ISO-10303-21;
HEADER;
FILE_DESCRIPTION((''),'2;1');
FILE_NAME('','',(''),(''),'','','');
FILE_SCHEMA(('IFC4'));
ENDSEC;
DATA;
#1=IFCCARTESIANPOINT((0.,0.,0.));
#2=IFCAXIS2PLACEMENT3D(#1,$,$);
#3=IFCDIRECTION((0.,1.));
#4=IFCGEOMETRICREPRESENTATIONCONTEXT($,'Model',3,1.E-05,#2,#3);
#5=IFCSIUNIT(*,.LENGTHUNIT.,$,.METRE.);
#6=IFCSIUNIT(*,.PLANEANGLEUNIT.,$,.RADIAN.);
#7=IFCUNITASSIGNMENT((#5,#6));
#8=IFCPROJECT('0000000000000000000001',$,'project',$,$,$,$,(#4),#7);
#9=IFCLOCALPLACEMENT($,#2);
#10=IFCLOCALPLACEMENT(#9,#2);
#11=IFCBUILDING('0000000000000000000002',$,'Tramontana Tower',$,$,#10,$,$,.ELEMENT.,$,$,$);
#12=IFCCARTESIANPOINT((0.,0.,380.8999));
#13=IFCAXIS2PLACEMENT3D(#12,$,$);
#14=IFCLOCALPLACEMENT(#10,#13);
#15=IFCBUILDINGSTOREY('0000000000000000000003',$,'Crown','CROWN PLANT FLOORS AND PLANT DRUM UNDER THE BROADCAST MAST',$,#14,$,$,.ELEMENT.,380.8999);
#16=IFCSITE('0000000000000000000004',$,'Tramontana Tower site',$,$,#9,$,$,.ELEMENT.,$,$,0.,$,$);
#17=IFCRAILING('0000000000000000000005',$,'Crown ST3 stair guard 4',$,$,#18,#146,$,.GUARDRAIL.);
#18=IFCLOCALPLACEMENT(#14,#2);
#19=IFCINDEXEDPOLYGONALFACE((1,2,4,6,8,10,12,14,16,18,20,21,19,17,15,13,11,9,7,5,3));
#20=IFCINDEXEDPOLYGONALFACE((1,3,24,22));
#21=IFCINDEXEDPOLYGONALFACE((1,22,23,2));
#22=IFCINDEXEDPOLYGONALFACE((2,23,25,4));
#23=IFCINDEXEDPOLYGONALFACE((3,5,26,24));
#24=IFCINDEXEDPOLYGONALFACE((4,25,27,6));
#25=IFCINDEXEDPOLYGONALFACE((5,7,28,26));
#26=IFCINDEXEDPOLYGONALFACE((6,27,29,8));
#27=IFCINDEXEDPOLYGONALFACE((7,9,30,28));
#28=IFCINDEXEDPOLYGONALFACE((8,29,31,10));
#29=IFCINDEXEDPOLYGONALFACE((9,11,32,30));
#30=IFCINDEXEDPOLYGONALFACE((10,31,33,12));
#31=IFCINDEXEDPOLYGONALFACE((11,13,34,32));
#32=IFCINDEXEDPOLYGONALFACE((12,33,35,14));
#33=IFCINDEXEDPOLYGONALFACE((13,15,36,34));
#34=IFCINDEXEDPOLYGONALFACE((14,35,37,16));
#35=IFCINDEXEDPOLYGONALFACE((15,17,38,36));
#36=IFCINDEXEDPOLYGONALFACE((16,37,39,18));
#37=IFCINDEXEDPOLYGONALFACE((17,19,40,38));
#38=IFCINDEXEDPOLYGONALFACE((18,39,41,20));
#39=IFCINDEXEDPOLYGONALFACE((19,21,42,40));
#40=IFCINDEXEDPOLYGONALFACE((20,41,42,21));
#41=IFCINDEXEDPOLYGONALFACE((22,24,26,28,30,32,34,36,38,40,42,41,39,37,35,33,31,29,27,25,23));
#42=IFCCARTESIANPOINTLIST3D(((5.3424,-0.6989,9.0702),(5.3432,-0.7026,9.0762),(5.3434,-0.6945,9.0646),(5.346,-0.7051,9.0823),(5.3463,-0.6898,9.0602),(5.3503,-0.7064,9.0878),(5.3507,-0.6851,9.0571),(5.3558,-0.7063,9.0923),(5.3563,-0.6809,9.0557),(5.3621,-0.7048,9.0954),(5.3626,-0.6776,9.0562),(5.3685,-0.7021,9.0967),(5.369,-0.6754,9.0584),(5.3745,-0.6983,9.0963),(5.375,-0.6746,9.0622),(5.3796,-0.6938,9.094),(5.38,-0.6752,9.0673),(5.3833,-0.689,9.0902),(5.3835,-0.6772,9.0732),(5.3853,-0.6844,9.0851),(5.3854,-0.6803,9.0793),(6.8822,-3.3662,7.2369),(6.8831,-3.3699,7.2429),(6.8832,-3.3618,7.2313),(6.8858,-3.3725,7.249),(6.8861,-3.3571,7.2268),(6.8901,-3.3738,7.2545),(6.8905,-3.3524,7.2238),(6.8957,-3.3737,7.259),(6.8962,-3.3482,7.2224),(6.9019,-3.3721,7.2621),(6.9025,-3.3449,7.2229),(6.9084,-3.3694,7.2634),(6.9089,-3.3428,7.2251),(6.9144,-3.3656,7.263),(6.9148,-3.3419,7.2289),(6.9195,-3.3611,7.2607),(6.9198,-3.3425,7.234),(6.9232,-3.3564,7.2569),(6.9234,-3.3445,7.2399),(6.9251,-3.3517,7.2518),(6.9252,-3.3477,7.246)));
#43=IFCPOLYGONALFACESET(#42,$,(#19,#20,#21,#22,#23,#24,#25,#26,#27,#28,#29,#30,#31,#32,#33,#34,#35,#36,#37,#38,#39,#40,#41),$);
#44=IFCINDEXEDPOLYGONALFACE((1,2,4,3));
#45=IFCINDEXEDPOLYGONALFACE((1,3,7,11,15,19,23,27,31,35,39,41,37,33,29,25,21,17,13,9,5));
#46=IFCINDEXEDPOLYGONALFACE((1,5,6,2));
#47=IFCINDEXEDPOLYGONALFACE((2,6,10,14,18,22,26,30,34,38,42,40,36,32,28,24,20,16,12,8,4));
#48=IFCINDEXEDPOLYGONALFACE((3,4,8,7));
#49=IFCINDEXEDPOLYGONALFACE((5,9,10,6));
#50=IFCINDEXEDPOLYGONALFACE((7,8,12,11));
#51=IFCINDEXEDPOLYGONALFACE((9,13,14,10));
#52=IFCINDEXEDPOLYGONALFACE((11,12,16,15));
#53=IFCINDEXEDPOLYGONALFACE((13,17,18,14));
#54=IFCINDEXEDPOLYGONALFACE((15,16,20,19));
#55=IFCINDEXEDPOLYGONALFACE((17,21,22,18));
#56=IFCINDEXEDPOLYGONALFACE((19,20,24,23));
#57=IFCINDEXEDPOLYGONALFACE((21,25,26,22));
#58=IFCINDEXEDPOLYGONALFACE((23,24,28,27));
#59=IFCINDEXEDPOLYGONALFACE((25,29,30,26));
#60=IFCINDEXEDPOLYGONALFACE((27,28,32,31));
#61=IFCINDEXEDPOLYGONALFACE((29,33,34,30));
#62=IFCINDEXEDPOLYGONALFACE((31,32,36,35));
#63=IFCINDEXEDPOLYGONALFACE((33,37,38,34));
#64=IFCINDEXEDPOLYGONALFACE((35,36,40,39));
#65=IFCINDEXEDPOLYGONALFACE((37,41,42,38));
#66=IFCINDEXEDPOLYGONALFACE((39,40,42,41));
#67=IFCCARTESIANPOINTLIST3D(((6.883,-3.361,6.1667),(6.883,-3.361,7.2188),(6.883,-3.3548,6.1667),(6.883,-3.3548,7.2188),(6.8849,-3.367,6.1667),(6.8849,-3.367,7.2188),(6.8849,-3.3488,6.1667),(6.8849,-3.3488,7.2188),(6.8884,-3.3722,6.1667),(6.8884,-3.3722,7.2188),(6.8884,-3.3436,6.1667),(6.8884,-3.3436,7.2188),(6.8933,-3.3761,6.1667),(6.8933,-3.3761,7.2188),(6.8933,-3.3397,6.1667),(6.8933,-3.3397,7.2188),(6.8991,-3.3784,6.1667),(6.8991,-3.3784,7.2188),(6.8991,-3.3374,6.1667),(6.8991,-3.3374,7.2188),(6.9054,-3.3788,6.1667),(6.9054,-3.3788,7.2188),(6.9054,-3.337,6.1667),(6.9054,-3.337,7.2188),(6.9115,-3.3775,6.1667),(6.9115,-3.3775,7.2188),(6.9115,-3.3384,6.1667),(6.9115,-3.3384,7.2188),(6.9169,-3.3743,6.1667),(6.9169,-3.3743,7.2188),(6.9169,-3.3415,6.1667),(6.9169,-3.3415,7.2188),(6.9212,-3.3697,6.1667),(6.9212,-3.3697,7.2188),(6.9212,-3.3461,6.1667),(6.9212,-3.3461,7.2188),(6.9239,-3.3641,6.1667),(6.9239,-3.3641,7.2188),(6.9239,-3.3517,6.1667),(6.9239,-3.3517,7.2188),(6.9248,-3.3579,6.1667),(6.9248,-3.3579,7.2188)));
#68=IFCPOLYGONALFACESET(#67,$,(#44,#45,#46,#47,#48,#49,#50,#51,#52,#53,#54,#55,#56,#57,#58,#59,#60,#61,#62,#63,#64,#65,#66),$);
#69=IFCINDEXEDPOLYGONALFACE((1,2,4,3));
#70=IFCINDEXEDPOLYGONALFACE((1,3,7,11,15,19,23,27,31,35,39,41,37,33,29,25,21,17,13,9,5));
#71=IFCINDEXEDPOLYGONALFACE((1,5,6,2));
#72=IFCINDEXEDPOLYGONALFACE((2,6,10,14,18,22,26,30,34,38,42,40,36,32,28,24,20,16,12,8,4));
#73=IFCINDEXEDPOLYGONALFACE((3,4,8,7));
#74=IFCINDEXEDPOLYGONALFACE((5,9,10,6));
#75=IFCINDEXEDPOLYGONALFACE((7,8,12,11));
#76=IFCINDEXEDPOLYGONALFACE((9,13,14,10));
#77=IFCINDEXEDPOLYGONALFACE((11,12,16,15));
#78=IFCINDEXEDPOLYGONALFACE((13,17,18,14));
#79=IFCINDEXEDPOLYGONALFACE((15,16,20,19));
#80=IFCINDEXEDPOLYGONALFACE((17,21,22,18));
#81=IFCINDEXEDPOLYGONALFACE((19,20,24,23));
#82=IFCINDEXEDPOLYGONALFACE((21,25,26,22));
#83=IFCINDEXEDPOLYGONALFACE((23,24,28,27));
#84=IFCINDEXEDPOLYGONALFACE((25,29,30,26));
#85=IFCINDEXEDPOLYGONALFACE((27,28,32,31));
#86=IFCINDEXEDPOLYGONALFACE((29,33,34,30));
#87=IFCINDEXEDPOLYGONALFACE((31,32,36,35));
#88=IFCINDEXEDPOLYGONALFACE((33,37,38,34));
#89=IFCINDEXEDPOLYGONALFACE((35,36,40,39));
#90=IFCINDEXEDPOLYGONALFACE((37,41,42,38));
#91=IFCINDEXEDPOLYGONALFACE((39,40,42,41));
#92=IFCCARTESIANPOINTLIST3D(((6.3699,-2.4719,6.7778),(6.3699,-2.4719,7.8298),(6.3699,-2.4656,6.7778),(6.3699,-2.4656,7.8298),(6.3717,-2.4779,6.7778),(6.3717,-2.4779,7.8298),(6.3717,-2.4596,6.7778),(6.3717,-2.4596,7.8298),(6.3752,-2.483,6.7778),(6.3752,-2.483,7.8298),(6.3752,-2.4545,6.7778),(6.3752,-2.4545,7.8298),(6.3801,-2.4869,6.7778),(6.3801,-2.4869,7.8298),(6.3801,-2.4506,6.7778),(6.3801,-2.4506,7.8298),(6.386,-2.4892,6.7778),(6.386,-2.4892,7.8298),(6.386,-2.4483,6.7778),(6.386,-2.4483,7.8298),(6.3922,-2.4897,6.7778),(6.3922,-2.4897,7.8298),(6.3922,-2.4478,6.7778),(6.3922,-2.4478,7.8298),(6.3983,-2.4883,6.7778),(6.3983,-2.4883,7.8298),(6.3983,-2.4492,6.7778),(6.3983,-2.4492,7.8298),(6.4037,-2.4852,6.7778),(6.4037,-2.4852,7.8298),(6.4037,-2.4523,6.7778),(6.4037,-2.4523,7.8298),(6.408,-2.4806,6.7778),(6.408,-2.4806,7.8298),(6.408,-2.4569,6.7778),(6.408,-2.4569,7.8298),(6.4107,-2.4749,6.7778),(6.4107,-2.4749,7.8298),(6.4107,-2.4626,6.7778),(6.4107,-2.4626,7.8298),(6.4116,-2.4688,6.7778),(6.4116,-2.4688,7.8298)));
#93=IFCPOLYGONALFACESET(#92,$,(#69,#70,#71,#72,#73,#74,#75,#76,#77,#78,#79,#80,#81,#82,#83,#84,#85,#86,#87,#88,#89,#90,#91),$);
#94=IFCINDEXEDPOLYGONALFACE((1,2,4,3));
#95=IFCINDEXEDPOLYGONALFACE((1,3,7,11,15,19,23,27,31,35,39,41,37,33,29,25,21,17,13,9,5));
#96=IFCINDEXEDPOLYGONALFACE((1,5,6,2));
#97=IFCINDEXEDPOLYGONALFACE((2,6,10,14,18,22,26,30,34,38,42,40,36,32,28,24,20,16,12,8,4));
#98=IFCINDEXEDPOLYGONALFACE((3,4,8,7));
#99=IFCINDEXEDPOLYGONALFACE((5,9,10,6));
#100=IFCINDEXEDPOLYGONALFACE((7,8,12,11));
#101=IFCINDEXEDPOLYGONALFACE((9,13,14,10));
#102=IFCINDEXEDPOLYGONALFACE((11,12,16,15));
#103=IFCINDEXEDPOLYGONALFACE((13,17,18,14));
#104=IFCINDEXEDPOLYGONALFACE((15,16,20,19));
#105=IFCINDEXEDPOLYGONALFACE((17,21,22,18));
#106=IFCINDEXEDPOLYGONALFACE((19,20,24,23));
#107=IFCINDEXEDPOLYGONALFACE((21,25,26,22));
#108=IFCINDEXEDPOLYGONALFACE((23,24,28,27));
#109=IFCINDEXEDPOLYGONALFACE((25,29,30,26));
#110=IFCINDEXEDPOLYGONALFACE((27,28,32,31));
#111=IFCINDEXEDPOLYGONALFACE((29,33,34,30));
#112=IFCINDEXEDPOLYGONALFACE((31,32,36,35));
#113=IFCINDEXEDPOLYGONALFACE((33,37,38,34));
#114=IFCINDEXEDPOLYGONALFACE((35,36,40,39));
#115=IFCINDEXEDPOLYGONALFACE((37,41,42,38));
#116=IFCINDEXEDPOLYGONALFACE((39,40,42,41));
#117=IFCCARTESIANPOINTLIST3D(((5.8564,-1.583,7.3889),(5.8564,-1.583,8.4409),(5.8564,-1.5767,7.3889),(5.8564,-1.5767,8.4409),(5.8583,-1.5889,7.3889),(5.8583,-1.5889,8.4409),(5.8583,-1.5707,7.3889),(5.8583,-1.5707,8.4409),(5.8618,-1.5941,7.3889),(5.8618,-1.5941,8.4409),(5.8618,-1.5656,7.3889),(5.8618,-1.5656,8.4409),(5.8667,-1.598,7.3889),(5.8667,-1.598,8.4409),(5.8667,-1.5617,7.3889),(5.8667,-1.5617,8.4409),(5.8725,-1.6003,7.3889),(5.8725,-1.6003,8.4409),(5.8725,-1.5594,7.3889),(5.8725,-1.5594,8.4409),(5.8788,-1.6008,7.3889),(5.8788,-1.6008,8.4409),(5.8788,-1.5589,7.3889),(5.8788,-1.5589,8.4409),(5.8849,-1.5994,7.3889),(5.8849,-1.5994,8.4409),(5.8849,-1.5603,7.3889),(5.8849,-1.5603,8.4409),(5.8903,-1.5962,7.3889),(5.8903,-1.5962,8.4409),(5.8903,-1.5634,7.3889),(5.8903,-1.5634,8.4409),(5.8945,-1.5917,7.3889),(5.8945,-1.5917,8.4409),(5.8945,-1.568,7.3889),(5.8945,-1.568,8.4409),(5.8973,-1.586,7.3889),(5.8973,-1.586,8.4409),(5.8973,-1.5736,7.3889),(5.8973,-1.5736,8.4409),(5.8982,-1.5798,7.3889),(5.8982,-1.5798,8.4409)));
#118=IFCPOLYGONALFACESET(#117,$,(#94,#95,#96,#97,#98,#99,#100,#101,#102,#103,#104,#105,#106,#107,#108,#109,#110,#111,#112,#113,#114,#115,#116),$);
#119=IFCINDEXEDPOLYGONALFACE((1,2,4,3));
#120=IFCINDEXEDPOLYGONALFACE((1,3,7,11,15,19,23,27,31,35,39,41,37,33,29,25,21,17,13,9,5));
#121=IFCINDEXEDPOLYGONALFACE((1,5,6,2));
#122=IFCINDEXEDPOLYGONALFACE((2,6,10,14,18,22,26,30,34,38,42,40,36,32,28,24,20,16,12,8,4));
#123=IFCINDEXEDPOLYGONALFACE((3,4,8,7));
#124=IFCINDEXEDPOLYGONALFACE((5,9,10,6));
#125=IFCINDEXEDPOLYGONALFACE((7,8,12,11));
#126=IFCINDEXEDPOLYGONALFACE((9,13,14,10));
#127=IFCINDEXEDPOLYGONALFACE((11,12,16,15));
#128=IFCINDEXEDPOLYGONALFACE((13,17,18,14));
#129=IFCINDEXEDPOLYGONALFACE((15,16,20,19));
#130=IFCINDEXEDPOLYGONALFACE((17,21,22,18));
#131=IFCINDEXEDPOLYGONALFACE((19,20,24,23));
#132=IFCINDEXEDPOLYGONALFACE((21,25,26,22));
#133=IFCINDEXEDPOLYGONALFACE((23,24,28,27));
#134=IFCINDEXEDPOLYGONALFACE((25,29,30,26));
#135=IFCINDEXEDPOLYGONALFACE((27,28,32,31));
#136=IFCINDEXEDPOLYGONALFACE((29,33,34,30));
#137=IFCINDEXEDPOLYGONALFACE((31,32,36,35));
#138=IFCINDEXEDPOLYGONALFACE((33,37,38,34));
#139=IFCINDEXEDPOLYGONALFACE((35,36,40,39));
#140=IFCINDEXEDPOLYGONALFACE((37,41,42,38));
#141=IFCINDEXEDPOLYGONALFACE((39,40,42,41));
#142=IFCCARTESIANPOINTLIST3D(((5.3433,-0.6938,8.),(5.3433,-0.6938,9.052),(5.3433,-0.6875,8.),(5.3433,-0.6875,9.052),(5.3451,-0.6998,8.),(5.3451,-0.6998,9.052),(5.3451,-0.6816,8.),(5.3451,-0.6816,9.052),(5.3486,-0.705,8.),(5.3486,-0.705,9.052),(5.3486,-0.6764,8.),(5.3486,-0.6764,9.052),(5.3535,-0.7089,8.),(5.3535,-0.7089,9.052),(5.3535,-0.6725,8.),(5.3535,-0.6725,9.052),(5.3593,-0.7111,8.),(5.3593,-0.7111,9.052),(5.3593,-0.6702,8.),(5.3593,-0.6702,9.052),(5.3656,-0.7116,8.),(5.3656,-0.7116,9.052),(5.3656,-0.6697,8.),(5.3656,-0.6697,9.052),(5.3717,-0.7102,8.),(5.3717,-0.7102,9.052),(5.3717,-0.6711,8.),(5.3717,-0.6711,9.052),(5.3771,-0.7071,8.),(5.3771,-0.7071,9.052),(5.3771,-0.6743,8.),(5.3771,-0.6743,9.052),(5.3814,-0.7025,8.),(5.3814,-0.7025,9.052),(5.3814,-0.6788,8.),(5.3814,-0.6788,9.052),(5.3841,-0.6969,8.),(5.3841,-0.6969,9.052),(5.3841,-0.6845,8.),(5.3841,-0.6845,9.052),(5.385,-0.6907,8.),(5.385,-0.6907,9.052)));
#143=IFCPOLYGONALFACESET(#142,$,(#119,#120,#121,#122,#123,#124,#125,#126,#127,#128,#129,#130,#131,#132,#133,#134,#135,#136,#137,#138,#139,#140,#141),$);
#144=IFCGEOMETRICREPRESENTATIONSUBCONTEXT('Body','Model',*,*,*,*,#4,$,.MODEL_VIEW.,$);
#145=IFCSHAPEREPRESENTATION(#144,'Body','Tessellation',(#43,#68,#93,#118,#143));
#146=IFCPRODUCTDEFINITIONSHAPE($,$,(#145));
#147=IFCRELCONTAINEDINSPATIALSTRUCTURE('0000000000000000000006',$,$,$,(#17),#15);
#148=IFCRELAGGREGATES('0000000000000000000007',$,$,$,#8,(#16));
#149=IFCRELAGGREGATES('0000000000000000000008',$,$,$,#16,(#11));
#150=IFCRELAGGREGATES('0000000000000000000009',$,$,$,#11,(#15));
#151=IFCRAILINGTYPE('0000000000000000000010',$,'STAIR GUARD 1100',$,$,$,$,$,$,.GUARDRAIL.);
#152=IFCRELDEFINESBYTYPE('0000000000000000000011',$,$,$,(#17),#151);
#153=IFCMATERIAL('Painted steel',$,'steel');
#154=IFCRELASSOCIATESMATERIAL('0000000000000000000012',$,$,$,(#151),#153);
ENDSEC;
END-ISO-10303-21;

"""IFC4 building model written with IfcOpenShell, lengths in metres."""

from ifc_helpers import new_model, si_unit, direction, frame, origin, origin_2d, place, context, subcontext, project, spatial, circle, extrude, material, type_object, element, save


model = new_model("IFC4")

# Units and contexts
model_context = context("Model", 3, precision=1e-05, world=origin(), true_north=direction((0.0, 1.0)))
body_context = subcontext(model_context, "Body", "Model", "MODEL_VIEW")
ifc_project = project(units=[si_unit("LENGTHUNIT", "METRE"), si_unit("PLANEANGLEUNIT", "RADIAN")], contexts=[model_context])

# Site, building, storey
site_placement = place(None, origin())
site = spatial("IfcSite", under=ifc_project, at=site_placement, Name="Tramontana Tower site", CompositionType="ELEMENT", RefElevation=0.0)
building_placement = place(site_placement, origin())
building = spatial("IfcBuilding", under=site, at=building_placement, Name="Tramontana Tower", CompositionType="ELEMENT")
storey_placement = place(building_placement, frame((0.0, 0.0, 380.8999)))
storey = spatial("IfcBuildingStorey", under=building, at=storey_placement, Name="Crown", Description="CROWN PLANT FLOORS AND PLANT DRUM UNDER THE BROADCAST MAST", CompositionType="ELEMENT", Elevation=380.8999)

# Railing
ifc_material_1 = material(Name="Painted steel", Category="steel")
railing_type_1 = type_object("IfcRailingType", Name="STAIR GUARD 1100", PredefinedType="GUARDRAIL", material=ifc_material_1)
for number, where, name in (
    (1, (6.9038, -3.3579, 6.1667), "Crown ST3 stair guard 4"),
):
    element("IfcRailing", number, at=place(storey_placement, frame(where)), inside=storey, type_object=railing_type_1, Name=name, PredefinedType="GUARDRAIL", context=body_context, shape_type="SweptSolid", body=[
        extrude(circle(Radius=0.0239, at=origin_2d()), frame((0.0, 0.0, 1.0762), z_axis=(-0.429616, 0.744181, 0.511493), x_axis=(-0.866044, -0.499967, 0.0)), (0.0, 0.0, 1.0), 3.5842),
        extrude(circle(Radius=0.021, at=origin_2d()), origin(), (0.0, 0.0, 1.0), 1.052),
        extrude(circle(Radius=0.021, at=origin_2d()), frame((-0.5132, 0.8892, 0.6111)), (0.0, 0.0, 1.0), 1.052),
        extrude(circle(Radius=0.021, at=origin_2d()), frame((-1.0266, 1.7781, 1.2222)), (0.0, 0.0, 1.0), 1.052),
        extrude(circle(Radius=0.021, at=origin_2d()), frame((-1.5398, 2.6672, 1.8333)), (0.0, 0.0, 1.0), 1.052),
    ])

save(model, "model.ifc")
